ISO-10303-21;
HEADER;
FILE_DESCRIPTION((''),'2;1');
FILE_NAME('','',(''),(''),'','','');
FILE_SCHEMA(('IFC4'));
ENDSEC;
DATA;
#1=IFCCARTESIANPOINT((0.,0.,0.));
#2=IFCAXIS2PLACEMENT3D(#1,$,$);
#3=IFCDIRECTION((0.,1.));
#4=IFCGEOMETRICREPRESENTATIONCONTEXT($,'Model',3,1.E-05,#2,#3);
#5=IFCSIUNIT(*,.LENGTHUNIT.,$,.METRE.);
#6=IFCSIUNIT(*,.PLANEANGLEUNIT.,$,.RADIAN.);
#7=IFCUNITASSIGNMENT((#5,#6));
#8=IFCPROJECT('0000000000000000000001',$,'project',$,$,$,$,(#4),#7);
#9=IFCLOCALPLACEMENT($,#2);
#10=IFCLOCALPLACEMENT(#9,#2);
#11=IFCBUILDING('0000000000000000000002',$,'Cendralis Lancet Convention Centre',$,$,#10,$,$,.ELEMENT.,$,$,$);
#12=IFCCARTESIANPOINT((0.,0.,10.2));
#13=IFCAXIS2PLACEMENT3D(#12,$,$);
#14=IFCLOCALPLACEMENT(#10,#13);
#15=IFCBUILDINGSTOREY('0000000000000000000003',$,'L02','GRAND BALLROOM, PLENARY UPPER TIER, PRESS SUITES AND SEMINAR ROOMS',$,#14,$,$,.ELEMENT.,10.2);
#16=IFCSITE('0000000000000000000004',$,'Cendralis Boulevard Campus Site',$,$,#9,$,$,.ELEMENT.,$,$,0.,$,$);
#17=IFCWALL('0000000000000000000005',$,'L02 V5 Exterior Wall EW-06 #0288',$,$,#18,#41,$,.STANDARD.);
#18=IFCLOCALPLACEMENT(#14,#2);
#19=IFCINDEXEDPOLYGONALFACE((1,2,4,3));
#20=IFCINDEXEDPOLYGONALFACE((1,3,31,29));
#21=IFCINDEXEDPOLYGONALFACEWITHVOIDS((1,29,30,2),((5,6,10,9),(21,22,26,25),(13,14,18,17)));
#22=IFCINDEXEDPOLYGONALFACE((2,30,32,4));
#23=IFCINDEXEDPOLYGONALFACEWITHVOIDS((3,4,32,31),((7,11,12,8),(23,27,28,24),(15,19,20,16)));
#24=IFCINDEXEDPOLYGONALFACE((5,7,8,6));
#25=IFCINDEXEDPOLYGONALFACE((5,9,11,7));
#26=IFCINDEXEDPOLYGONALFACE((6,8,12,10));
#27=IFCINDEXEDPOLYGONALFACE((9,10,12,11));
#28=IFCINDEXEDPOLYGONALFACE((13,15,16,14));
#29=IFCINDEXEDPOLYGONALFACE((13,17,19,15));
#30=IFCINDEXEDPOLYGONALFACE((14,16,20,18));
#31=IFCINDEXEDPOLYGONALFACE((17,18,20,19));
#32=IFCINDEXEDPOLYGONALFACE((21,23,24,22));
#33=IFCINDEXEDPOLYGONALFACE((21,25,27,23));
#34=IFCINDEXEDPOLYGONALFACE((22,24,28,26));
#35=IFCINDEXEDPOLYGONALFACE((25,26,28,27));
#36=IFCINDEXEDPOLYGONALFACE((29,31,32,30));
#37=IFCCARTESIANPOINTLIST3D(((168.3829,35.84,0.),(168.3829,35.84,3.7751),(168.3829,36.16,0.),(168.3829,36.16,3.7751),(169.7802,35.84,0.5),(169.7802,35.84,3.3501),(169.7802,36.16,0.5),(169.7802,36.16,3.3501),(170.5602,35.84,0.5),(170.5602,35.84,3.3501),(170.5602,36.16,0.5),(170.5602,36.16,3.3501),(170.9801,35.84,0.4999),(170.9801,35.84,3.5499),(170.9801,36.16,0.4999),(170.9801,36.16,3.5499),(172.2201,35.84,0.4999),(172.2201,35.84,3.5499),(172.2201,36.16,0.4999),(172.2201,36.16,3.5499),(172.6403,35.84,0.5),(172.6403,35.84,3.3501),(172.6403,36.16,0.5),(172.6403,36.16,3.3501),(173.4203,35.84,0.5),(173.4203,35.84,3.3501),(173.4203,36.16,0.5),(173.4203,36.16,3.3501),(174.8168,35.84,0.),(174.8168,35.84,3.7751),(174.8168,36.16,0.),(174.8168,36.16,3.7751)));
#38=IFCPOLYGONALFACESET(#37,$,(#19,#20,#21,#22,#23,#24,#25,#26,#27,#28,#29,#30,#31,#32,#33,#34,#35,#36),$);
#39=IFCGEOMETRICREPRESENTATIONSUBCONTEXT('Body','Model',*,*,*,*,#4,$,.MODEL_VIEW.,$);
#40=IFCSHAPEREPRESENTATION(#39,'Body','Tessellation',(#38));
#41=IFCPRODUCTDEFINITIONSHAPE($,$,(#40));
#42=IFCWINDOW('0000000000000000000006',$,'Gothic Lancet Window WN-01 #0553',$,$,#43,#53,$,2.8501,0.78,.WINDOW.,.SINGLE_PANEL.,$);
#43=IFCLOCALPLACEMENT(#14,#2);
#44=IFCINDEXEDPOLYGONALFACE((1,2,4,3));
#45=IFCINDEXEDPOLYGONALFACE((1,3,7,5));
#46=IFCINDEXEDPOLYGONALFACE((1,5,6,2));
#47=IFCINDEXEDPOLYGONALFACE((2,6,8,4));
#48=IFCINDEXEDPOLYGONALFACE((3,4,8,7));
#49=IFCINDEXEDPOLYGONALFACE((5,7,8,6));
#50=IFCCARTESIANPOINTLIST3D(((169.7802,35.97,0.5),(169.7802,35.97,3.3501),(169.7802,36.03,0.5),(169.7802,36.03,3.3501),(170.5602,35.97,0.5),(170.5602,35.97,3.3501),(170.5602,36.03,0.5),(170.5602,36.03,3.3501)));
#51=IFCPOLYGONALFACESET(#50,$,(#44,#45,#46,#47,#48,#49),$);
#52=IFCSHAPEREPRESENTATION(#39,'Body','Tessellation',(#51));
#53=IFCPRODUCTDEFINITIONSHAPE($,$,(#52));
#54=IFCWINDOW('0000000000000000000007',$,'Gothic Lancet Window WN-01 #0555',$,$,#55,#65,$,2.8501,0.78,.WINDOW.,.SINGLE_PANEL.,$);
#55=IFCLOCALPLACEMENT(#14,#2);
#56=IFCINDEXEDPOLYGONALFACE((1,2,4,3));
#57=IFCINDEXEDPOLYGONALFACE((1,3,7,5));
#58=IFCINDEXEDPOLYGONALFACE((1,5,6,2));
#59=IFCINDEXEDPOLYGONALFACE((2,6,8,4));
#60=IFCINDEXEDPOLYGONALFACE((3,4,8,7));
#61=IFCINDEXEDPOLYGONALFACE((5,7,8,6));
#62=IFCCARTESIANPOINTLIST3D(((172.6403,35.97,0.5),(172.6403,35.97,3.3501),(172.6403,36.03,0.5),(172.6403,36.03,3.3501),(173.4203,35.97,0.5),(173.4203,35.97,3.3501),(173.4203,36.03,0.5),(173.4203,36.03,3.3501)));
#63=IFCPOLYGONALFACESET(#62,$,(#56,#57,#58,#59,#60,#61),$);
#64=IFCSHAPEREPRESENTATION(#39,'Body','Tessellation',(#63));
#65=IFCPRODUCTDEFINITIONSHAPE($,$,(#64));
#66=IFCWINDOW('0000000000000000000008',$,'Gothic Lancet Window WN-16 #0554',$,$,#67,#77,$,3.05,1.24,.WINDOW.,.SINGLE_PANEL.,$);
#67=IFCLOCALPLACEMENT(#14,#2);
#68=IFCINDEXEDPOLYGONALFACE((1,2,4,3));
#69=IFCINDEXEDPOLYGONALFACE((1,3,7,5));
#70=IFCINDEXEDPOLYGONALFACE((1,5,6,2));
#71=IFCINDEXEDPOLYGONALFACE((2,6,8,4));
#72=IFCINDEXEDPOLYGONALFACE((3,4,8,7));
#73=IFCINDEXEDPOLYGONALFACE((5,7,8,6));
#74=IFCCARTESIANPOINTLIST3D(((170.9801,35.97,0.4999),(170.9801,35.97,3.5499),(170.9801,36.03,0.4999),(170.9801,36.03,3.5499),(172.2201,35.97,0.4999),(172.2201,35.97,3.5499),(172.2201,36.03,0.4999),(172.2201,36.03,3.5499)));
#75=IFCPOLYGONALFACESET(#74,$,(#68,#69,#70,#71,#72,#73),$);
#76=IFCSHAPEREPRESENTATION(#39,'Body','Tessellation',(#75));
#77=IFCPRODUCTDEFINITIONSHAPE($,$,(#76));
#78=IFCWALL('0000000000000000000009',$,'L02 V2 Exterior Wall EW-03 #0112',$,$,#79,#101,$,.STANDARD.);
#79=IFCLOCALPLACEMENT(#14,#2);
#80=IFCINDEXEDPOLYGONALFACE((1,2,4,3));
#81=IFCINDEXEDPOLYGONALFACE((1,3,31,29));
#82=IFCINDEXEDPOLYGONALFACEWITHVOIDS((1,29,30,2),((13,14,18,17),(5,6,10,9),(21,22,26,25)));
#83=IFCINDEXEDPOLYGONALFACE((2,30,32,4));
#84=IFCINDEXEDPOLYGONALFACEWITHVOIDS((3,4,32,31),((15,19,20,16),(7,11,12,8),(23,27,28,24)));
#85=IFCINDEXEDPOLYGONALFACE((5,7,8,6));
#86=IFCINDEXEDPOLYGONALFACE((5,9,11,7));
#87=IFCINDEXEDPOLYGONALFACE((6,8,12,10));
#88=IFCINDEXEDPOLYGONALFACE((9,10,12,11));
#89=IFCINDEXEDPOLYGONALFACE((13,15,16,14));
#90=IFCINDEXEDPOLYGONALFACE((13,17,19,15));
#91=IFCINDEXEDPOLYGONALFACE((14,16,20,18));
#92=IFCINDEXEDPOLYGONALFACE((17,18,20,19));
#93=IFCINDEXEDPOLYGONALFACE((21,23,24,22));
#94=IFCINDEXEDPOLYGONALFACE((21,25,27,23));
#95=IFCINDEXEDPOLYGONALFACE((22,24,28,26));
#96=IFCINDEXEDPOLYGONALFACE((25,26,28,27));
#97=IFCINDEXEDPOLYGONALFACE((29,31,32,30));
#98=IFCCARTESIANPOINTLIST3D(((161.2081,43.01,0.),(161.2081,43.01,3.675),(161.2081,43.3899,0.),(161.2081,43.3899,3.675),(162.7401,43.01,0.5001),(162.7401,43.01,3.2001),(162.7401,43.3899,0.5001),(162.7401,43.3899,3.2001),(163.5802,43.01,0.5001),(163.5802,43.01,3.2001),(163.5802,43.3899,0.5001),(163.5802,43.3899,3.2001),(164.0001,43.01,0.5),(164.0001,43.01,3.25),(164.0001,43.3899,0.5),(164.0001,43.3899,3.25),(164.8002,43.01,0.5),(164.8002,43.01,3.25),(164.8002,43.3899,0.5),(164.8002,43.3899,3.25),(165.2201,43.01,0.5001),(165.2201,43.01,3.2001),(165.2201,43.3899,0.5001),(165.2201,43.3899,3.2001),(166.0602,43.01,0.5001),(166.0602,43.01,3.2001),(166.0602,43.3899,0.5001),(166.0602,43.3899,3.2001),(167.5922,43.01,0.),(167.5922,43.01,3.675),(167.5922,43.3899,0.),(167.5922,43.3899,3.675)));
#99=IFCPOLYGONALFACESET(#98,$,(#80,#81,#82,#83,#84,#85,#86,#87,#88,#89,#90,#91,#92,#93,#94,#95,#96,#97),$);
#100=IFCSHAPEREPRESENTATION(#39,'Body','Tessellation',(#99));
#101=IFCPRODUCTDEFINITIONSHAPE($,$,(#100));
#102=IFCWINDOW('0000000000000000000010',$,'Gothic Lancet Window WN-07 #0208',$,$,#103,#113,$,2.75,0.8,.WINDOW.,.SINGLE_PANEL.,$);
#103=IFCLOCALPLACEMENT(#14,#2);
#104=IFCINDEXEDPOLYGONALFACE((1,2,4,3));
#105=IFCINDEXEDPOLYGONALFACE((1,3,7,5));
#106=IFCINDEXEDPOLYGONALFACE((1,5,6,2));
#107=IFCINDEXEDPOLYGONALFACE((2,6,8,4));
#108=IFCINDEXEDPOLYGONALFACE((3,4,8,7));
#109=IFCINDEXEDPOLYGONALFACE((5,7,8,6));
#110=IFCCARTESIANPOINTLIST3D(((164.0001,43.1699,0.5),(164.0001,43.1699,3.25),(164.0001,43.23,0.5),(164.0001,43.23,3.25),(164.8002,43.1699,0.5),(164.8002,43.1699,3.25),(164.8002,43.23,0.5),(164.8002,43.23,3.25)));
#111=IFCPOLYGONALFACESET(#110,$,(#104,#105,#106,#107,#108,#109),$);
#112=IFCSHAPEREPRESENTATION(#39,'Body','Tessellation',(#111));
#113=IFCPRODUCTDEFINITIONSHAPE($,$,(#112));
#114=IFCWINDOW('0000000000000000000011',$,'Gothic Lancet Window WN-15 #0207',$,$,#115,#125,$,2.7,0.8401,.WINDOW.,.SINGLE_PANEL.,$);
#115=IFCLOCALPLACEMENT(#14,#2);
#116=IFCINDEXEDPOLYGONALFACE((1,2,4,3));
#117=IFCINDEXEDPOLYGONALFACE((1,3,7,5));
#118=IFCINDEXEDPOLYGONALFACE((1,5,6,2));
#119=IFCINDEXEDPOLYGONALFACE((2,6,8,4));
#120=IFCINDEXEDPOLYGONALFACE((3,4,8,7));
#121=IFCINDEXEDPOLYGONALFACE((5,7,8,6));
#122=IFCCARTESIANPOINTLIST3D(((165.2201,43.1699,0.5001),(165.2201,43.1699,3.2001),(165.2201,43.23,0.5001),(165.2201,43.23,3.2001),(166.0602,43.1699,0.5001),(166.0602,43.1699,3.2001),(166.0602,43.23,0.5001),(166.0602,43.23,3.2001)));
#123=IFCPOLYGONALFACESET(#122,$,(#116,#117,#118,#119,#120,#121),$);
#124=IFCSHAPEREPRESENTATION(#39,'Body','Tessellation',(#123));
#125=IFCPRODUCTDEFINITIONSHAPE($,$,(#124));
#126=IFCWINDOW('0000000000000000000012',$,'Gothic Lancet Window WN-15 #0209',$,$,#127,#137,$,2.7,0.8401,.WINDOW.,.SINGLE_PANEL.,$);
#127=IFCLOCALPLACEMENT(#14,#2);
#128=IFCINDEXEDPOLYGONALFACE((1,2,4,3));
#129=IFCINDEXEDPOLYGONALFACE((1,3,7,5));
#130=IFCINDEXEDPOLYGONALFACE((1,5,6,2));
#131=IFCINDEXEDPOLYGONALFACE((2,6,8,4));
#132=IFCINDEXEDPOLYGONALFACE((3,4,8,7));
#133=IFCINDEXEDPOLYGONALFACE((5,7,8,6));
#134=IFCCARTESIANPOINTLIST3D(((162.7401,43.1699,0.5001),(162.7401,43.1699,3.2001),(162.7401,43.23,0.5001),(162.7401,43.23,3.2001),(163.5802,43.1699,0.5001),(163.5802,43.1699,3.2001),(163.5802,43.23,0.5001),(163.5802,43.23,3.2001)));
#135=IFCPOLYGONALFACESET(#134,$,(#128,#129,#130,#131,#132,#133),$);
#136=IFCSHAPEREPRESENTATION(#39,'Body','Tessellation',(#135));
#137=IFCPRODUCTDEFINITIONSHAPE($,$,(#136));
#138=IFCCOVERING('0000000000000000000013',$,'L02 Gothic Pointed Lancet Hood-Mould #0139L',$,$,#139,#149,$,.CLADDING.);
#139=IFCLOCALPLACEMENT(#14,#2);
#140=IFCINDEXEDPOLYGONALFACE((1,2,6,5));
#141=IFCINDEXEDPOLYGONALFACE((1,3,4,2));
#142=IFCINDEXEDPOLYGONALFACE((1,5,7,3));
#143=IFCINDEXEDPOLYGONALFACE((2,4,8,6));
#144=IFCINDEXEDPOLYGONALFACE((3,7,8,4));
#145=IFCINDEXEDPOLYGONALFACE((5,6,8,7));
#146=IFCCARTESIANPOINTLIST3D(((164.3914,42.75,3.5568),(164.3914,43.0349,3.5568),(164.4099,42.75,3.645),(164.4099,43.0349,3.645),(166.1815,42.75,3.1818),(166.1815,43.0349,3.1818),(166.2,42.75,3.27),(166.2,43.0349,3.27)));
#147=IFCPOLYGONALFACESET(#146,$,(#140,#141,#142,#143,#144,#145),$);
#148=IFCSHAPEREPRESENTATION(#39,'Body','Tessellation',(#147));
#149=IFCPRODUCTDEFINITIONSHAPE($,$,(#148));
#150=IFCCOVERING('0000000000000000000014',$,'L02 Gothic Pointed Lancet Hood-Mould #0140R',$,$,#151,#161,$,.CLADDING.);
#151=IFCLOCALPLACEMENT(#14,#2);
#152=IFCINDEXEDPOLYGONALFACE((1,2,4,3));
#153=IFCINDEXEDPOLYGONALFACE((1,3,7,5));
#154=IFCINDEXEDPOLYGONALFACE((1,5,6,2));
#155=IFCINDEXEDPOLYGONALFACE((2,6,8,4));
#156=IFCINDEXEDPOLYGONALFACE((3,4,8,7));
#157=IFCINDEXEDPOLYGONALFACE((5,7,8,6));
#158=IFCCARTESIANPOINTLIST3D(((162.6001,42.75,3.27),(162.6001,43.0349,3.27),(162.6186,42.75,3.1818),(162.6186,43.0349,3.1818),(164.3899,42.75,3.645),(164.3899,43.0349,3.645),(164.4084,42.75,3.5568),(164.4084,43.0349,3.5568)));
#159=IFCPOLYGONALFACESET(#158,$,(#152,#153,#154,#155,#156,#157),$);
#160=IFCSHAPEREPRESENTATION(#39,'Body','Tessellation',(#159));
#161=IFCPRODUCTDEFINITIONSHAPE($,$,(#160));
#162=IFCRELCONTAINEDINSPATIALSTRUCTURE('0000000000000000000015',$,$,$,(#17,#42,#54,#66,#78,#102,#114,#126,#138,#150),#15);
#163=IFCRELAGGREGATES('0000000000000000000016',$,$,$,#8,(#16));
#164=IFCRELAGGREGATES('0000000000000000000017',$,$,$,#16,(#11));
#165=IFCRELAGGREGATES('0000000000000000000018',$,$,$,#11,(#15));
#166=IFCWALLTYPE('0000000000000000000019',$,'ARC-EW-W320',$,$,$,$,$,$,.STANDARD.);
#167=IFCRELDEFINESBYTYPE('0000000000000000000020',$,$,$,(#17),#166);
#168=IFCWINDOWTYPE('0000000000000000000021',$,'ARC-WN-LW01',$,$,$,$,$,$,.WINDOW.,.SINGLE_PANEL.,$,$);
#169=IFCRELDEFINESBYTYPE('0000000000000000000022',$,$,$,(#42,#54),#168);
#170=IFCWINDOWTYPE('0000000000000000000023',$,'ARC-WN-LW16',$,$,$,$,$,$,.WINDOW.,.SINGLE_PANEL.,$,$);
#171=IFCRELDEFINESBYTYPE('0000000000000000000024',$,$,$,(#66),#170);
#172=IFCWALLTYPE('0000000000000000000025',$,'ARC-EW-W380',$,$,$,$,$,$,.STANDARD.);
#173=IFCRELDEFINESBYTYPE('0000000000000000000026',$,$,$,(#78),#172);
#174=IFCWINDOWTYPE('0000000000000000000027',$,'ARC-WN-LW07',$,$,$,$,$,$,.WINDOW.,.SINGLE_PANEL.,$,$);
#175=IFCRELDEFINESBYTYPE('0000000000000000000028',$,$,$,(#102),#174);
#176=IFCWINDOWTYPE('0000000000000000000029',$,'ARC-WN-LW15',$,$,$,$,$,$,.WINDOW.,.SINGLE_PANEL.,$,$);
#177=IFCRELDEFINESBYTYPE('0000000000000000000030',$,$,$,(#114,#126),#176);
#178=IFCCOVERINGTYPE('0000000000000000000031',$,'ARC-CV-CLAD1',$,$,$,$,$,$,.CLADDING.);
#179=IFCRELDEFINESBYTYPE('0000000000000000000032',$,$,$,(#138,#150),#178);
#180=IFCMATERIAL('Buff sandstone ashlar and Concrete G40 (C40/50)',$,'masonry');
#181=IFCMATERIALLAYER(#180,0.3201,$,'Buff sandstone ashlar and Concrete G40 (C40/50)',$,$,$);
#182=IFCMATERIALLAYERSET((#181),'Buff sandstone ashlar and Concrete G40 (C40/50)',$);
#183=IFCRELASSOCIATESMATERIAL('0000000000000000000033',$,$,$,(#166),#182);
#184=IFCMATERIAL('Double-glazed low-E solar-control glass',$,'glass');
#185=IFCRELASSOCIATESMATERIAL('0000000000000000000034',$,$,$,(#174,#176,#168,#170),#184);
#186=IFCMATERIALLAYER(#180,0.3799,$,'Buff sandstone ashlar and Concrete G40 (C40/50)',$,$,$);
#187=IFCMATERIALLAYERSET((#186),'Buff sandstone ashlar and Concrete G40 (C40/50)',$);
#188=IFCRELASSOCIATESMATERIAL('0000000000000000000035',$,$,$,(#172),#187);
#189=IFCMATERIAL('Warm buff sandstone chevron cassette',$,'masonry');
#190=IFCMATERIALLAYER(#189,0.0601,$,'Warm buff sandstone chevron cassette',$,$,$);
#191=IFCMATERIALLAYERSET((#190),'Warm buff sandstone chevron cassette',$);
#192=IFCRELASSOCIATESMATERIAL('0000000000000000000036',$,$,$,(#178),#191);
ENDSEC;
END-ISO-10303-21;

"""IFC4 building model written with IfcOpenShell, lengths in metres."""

from ifc_helpers import new_model, si_unit, direction, frame, frame_2d, origin, place, context, subcontext, project, spatial, polyline, rectangle, outline, extrude, material, layer, layer_set, type_object, element, fill, save


model = new_model("IFC4")

# Units and contexts
model_context = context("Model", 3, precision=1e-05, world=origin(), true_north=direction((0.0, 1.0)))
body_context = subcontext(model_context, "Body", "Model", "MODEL_VIEW")
ifc_project = project(units=[si_unit("LENGTHUNIT", "METRE"), si_unit("PLANEANGLEUNIT", "RADIAN")], contexts=[model_context])

# Site, building, storey
site_placement = place(None, origin())
site = spatial("IfcSite", under=ifc_project, at=site_placement, Name="Cendralis Boulevard Campus Site", CompositionType="ELEMENT", RefElevation=0.0)
building_placement = place(site_placement, origin())
building = spatial("IfcBuilding", under=site, at=building_placement, Name="Cendralis Lancet Convention Centre", CompositionType="ELEMENT")
storey_placement = place(building_placement, frame((0.0, 0.0, 10.2)))
storey = spatial("IfcBuildingStorey", under=building, at=storey_placement, Name="L02", Description="GRAND BALLROOM, PLENARY UPPER TIER, PRESS SUITES AND SEMINAR ROOMS", CompositionType="ELEMENT", Elevation=10.2)

# Walls, openings, windows
ifc_material_1 = material(Name="Buff sandstone ashlar and Concrete G40 (C40/50)", Category="masonry")
ifc_layer_1 = layer(ifc_material_1, 0.3201, Name="Buff sandstone ashlar and Concrete G40 (C40/50)")
ifc_layer_set_1 = layer_set([ifc_layer_1], Name="Buff sandstone ashlar and Concrete G40 (C40/50)")
wall_type_1 = type_object("IfcWallType", Name="ARC-EW-W320", PredefinedType="STANDARD", material=ifc_layer_set_1)
ifc_material_2 = material(Name="Double-glazed low-E solar-control glass", Category="glass")
window_type_1 = type_object("IfcWindowType", Name="ARC-WN-LW07", PartitioningType="SINGLE_PANEL", PredefinedType="WINDOW", material=ifc_material_2)
window_type_2 = type_object("IfcWindowType", Name="ARC-WN-LW15", PartitioningType="SINGLE_PANEL", PredefinedType="WINDOW", material=ifc_material_2)
wall_1_placement = place(storey_placement, frame((168.3831, 36.0, 0.0), z_axis=(0.0, 0.0, 1.0), x_axis=(1.0, 0.0, 0.0)))
wall_1 = element("IfcWall", 1, at=wall_1_placement, inside=storey, type_object=wall_type_1, Name="L02 V5 Exterior Wall EW-06 #0288", PredefinedType="STANDARD", context=body_context, shape_type="SweptSolid", body=[
    extrude(rectangle(XDim=6.4338, YDim=0.3201, at=frame_2d((3.2168, 0.0))), origin(), (0.0, 0.0, 1.0), 3.7751),
])
opening_1_placement = place(wall_1_placement, frame((1.397, 0.0, 0.5)))
opening_1 = element("IfcOpeningElement", 2, at=opening_1_placement, cuts=wall_1, PredefinedType="OPENING", context=body_context, shape_type="SweptSolid", body=[
    extrude(rectangle(XDim=0.78, YDim=2.8501, at=frame_2d((0.3901, 1.425))), frame((0.0, 0.1699, 0.0), z_axis=(0.0, -1.0, 0.0), x_axis=(1.0, 0.0, 0.0)), (0.0, 0.0, 1.0), 0.3401),
])
opening_2_placement = place(wall_1_placement, frame((2.5969, 0.0, 0.5)))
opening_2 = element("IfcOpeningElement", 3, at=opening_2_placement, cuts=wall_1, PredefinedType="OPENING", context=body_context, shape_type="SweptSolid", body=[
    extrude(rectangle(XDim=1.24, YDim=3.05, at=frame_2d((0.6201, 1.5249))), frame((0.0, 0.1699, 0.0), z_axis=(0.0, -1.0, 0.0), x_axis=(1.0, 0.0, 0.0)), (0.0, 0.0, 1.0), 0.3401),
])
opening_3_placement = place(wall_1_placement, frame((4.2571, 0.0, 0.5)))
opening_3 = element("IfcOpeningElement", 4, at=opening_3_placement, cuts=wall_1, PredefinedType="OPENING", context=body_context, shape_type="SweptSolid", body=[
    extrude(rectangle(XDim=0.78, YDim=2.8501, at=frame_2d((0.3901, 1.425))), frame((0.0, 0.1699, 0.0), z_axis=(0.0, -1.0, 0.0), x_axis=(1.0, 0.0, 0.0)), (0.0, 0.0, 1.0), 0.3401),
])
window_type_3 = type_object("IfcWindowType", Name="ARC-WN-LW01", PartitioningType="SINGLE_PANEL", PredefinedType="WINDOW", material=ifc_material_2)
window_1_placement = place(opening_1_placement, origin())
window_1 = element("IfcWindow", 5, at=window_1_placement, inside=storey, type_object=window_type_3, Name="Gothic Lancet Window WN-01 #0553", OverallHeight=2.8501, OverallWidth=0.78, PartitioningType="SINGLE_PANEL", PredefinedType="WINDOW", context=body_context, shape_type="SweptSolid", body=[
    extrude(rectangle(XDim=0.78, YDim=2.8501, at=frame_2d((0.3901, 1.425))), frame((0.0, 0.03, 0.0), z_axis=(0.0, -1.0, 0.0), x_axis=(1.0, 0.0, 0.0)), (0.0, 0.0, 1.0), 0.0601),
])
fill(opening_1, window_1)
window_2_placement = place(opening_3_placement, origin())
window_2 = element("IfcWindow", 6, at=window_2_placement, inside=storey, type_object=window_type_3, Name="Gothic Lancet Window WN-01 #0555", OverallHeight=2.8501, OverallWidth=0.78, PartitioningType="SINGLE_PANEL", PredefinedType="WINDOW", context=body_context, shape_type="SweptSolid", body=[
    extrude(rectangle(XDim=0.78, YDim=2.8501, at=frame_2d((0.3901, 1.425))), frame((0.0, 0.03, 0.0), z_axis=(0.0, -1.0, 0.0), x_axis=(1.0, 0.0, 0.0)), (0.0, 0.0, 1.0), 0.0601),
])
fill(opening_3, window_2)
window_type_4 = type_object("IfcWindowType", Name="ARC-WN-LW16", PartitioningType="SINGLE_PANEL", PredefinedType="WINDOW", material=ifc_material_2)
window_3_placement = place(opening_2_placement, origin())
window_3 = element("IfcWindow", 7, at=window_3_placement, inside=storey, type_object=window_type_4, Name="Gothic Lancet Window WN-16 #0554", OverallHeight=3.05, OverallWidth=1.24, PartitioningType="SINGLE_PANEL", PredefinedType="WINDOW", context=body_context, shape_type="SweptSolid", body=[
    extrude(rectangle(XDim=1.24, YDim=3.05, at=frame_2d((0.6201, 1.5249))), frame((0.0, 0.03, 0.0), z_axis=(0.0, -1.0, 0.0), x_axis=(1.0, 0.0, 0.0)), (0.0, 0.0, 1.0), 0.0601),
])
fill(opening_2, window_3)
ifc_layer_2 = layer(ifc_material_1, 0.3799, Name="Buff sandstone ashlar and Concrete G40 (C40/50)")
ifc_layer_set_2 = layer_set([ifc_layer_2], Name="Buff sandstone ashlar and Concrete G40 (C40/50)")
wall_type_2 = type_object("IfcWallType", Name="ARC-EW-W380", PredefinedType="STANDARD", material=ifc_layer_set_2)
wall_2_placement = place(storey_placement, frame((167.592, 43.2, 0.0), z_axis=(0.0, 0.0, 1.0), x_axis=(-1.0, 0.0, 0.0)))
wall_2 = element("IfcWall", 8, at=wall_2_placement, inside=storey, type_object=wall_type_2, Name="L02 V2 Exterior Wall EW-03 #0112", PredefinedType="STANDARD", context=body_context, shape_type="SweptSolid", body=[
    extrude(rectangle(XDim=6.384, YDim=0.3799, at=frame_2d((3.1919, 0.0))), origin(), (0.0, 0.0, 1.0), 3.675),
])
opening_4_placement = place(wall_2_placement, frame((1.532, 0.0, 0.5)))
opening_4 = element("IfcOpeningElement", 9, at=opening_4_placement, cuts=wall_2, PredefinedType="OPENING", context=body_context, shape_type="SweptSolid", body=[
    extrude(rectangle(XDim=0.8401, YDim=2.7, at=frame_2d((0.4199, 1.3501))), frame((0.0, 0.2, 0.0), z_axis=(0.0, -1.0, 0.0), x_axis=(1.0, 0.0, 0.0)), (0.0, 0.0, 1.0), 0.3999),
])
opening_5_placement = place(wall_2_placement, frame((2.792, 0.0, 0.5)))
opening_5 = element("IfcOpeningElement", 10, at=opening_5_placement, cuts=wall_2, PredefinedType="OPENING", context=body_context, shape_type="SweptSolid", body=[
    extrude(rectangle(XDim=0.8, YDim=2.75, at=frame_2d((0.3999, 1.375))), frame((0.0, 0.2, 0.0), z_axis=(0.0, -1.0, 0.0), x_axis=(1.0, 0.0, 0.0)), (0.0, 0.0, 1.0), 0.3999),
])
opening_6_placement = place(wall_2_placement, frame((4.012, 0.0, 0.5)))
opening_6 = element("IfcOpeningElement", 11, at=opening_6_placement, cuts=wall_2, PredefinedType="OPENING", context=body_context, shape_type="SweptSolid", body=[
    extrude(rectangle(XDim=0.8401, YDim=2.7, at=frame_2d((0.4199, 1.3501))), frame((0.0, 0.2, 0.0), z_axis=(0.0, -1.0, 0.0), x_axis=(1.0, 0.0, 0.0)), (0.0, 0.0, 1.0), 0.3999),
])
window_4_placement = place(opening_5_placement, origin())
window_4 = element("IfcWindow", 12, at=window_4_placement, inside=storey, type_object=window_type_1, Name="Gothic Lancet Window WN-07 #0208", OverallHeight=2.75, OverallWidth=0.8, PartitioningType="SINGLE_PANEL", PredefinedType="WINDOW", context=body_context, shape_type="SweptSolid", body=[
    extrude(rectangle(XDim=0.8, YDim=2.75, at=frame_2d((0.3999, 1.375))), frame((0.0, 0.03, 0.0), z_axis=(0.0, -1.0, 0.0), x_axis=(1.0, 0.0, 0.0)), (0.0, 0.0, 1.0), 0.0601),
])
fill(opening_5, window_4)
window_5_placement = place(opening_4_placement, origin())
window_5 = element("IfcWindow", 13, at=window_5_placement, inside=storey, type_object=window_type_2, Name="Gothic Lancet Window WN-15 #0207", OverallHeight=2.7, OverallWidth=0.8401, PartitioningType="SINGLE_PANEL", PredefinedType="WINDOW", context=body_context, shape_type="SweptSolid", body=[
    extrude(rectangle(XDim=0.8401, YDim=2.7, at=frame_2d((0.4199, 1.3501))), frame((0.0, 0.03, 0.0), z_axis=(0.0, -1.0, 0.0), x_axis=(1.0, 0.0, 0.0)), (0.0, 0.0, 1.0), 0.0601),
])
fill(opening_4, window_5)
window_6_placement = place(opening_6_placement, origin())
window_6 = element("IfcWindow", 14, at=window_6_placement, inside=storey, type_object=window_type_2, Name="Gothic Lancet Window WN-15 #0209", OverallHeight=2.7, OverallWidth=0.8401, PartitioningType="SINGLE_PANEL", PredefinedType="WINDOW", context=body_context, shape_type="SweptSolid", body=[
    extrude(rectangle(XDim=0.8401, YDim=2.7, at=frame_2d((0.4199, 1.3501))), frame((0.0, 0.03, 0.0), z_axis=(0.0, -1.0, 0.0), x_axis=(1.0, 0.0, 0.0)), (0.0, 0.0, 1.0), 0.0601),
])
fill(opening_6, window_6)

# Coverings
ifc_material_3 = material(Name="Warm buff sandstone chevron cassette", Category="masonry")
ifc_layer_3 = layer(ifc_material_3, 0.0601, Name="Warm buff sandstone chevron cassette")
ifc_layer_set_3 = layer_set([ifc_layer_3], Name="Warm buff sandstone chevron cassette")
covering_type = type_object("IfcCoveringType", Name="ARC-CV-CLAD1", PredefinedType="CLADDING", material=ifc_layer_set_3)
covering_1_placement = place(storey_placement, frame((166.2, 42.75, 3.27), z_axis=(0.205042, 0.0, 0.978753), x_axis=(0.0, 1.0, 0.0)))
element("IfcCovering", 15, at=covering_1_placement, inside=storey, type_object=covering_type, Name="L02 Gothic Pointed Lancet Hood-Mould #0139L", PredefinedType="CLADDING", context=body_context, shape_type="SweptSolid", body=[
    extrude(outline(polyline([(0.0, 0.0), (0.2849, 0.0), (0.2849, 1.8289), (0.0, 1.8289), (0.0, 0.0)])), origin(), (0.0, 0.0, -1.0), 0.0901),
])
covering_2_placement = place(storey_placement, frame((164.3899, 42.75, 3.645), z_axis=(-0.205068, 0.0, 0.978748), x_axis=(0.0, 1.0, 0.0)))
element("IfcCovering", 16, at=covering_2_placement, inside=storey, type_object=covering_type, Name="L02 Gothic Pointed Lancet Hood-Mould #0140R", PredefinedType="CLADDING", context=body_context, shape_type="SweptSolid", body=[
    extrude(outline(polyline([(0.0, 0.0), (0.2849, 0.0), (0.2849, 1.8287), (0.0, 1.8287), (0.0, 0.0)])), origin(), (0.0, 0.0, -1.0), 0.0901),
])

save(model, "model.ifc")
